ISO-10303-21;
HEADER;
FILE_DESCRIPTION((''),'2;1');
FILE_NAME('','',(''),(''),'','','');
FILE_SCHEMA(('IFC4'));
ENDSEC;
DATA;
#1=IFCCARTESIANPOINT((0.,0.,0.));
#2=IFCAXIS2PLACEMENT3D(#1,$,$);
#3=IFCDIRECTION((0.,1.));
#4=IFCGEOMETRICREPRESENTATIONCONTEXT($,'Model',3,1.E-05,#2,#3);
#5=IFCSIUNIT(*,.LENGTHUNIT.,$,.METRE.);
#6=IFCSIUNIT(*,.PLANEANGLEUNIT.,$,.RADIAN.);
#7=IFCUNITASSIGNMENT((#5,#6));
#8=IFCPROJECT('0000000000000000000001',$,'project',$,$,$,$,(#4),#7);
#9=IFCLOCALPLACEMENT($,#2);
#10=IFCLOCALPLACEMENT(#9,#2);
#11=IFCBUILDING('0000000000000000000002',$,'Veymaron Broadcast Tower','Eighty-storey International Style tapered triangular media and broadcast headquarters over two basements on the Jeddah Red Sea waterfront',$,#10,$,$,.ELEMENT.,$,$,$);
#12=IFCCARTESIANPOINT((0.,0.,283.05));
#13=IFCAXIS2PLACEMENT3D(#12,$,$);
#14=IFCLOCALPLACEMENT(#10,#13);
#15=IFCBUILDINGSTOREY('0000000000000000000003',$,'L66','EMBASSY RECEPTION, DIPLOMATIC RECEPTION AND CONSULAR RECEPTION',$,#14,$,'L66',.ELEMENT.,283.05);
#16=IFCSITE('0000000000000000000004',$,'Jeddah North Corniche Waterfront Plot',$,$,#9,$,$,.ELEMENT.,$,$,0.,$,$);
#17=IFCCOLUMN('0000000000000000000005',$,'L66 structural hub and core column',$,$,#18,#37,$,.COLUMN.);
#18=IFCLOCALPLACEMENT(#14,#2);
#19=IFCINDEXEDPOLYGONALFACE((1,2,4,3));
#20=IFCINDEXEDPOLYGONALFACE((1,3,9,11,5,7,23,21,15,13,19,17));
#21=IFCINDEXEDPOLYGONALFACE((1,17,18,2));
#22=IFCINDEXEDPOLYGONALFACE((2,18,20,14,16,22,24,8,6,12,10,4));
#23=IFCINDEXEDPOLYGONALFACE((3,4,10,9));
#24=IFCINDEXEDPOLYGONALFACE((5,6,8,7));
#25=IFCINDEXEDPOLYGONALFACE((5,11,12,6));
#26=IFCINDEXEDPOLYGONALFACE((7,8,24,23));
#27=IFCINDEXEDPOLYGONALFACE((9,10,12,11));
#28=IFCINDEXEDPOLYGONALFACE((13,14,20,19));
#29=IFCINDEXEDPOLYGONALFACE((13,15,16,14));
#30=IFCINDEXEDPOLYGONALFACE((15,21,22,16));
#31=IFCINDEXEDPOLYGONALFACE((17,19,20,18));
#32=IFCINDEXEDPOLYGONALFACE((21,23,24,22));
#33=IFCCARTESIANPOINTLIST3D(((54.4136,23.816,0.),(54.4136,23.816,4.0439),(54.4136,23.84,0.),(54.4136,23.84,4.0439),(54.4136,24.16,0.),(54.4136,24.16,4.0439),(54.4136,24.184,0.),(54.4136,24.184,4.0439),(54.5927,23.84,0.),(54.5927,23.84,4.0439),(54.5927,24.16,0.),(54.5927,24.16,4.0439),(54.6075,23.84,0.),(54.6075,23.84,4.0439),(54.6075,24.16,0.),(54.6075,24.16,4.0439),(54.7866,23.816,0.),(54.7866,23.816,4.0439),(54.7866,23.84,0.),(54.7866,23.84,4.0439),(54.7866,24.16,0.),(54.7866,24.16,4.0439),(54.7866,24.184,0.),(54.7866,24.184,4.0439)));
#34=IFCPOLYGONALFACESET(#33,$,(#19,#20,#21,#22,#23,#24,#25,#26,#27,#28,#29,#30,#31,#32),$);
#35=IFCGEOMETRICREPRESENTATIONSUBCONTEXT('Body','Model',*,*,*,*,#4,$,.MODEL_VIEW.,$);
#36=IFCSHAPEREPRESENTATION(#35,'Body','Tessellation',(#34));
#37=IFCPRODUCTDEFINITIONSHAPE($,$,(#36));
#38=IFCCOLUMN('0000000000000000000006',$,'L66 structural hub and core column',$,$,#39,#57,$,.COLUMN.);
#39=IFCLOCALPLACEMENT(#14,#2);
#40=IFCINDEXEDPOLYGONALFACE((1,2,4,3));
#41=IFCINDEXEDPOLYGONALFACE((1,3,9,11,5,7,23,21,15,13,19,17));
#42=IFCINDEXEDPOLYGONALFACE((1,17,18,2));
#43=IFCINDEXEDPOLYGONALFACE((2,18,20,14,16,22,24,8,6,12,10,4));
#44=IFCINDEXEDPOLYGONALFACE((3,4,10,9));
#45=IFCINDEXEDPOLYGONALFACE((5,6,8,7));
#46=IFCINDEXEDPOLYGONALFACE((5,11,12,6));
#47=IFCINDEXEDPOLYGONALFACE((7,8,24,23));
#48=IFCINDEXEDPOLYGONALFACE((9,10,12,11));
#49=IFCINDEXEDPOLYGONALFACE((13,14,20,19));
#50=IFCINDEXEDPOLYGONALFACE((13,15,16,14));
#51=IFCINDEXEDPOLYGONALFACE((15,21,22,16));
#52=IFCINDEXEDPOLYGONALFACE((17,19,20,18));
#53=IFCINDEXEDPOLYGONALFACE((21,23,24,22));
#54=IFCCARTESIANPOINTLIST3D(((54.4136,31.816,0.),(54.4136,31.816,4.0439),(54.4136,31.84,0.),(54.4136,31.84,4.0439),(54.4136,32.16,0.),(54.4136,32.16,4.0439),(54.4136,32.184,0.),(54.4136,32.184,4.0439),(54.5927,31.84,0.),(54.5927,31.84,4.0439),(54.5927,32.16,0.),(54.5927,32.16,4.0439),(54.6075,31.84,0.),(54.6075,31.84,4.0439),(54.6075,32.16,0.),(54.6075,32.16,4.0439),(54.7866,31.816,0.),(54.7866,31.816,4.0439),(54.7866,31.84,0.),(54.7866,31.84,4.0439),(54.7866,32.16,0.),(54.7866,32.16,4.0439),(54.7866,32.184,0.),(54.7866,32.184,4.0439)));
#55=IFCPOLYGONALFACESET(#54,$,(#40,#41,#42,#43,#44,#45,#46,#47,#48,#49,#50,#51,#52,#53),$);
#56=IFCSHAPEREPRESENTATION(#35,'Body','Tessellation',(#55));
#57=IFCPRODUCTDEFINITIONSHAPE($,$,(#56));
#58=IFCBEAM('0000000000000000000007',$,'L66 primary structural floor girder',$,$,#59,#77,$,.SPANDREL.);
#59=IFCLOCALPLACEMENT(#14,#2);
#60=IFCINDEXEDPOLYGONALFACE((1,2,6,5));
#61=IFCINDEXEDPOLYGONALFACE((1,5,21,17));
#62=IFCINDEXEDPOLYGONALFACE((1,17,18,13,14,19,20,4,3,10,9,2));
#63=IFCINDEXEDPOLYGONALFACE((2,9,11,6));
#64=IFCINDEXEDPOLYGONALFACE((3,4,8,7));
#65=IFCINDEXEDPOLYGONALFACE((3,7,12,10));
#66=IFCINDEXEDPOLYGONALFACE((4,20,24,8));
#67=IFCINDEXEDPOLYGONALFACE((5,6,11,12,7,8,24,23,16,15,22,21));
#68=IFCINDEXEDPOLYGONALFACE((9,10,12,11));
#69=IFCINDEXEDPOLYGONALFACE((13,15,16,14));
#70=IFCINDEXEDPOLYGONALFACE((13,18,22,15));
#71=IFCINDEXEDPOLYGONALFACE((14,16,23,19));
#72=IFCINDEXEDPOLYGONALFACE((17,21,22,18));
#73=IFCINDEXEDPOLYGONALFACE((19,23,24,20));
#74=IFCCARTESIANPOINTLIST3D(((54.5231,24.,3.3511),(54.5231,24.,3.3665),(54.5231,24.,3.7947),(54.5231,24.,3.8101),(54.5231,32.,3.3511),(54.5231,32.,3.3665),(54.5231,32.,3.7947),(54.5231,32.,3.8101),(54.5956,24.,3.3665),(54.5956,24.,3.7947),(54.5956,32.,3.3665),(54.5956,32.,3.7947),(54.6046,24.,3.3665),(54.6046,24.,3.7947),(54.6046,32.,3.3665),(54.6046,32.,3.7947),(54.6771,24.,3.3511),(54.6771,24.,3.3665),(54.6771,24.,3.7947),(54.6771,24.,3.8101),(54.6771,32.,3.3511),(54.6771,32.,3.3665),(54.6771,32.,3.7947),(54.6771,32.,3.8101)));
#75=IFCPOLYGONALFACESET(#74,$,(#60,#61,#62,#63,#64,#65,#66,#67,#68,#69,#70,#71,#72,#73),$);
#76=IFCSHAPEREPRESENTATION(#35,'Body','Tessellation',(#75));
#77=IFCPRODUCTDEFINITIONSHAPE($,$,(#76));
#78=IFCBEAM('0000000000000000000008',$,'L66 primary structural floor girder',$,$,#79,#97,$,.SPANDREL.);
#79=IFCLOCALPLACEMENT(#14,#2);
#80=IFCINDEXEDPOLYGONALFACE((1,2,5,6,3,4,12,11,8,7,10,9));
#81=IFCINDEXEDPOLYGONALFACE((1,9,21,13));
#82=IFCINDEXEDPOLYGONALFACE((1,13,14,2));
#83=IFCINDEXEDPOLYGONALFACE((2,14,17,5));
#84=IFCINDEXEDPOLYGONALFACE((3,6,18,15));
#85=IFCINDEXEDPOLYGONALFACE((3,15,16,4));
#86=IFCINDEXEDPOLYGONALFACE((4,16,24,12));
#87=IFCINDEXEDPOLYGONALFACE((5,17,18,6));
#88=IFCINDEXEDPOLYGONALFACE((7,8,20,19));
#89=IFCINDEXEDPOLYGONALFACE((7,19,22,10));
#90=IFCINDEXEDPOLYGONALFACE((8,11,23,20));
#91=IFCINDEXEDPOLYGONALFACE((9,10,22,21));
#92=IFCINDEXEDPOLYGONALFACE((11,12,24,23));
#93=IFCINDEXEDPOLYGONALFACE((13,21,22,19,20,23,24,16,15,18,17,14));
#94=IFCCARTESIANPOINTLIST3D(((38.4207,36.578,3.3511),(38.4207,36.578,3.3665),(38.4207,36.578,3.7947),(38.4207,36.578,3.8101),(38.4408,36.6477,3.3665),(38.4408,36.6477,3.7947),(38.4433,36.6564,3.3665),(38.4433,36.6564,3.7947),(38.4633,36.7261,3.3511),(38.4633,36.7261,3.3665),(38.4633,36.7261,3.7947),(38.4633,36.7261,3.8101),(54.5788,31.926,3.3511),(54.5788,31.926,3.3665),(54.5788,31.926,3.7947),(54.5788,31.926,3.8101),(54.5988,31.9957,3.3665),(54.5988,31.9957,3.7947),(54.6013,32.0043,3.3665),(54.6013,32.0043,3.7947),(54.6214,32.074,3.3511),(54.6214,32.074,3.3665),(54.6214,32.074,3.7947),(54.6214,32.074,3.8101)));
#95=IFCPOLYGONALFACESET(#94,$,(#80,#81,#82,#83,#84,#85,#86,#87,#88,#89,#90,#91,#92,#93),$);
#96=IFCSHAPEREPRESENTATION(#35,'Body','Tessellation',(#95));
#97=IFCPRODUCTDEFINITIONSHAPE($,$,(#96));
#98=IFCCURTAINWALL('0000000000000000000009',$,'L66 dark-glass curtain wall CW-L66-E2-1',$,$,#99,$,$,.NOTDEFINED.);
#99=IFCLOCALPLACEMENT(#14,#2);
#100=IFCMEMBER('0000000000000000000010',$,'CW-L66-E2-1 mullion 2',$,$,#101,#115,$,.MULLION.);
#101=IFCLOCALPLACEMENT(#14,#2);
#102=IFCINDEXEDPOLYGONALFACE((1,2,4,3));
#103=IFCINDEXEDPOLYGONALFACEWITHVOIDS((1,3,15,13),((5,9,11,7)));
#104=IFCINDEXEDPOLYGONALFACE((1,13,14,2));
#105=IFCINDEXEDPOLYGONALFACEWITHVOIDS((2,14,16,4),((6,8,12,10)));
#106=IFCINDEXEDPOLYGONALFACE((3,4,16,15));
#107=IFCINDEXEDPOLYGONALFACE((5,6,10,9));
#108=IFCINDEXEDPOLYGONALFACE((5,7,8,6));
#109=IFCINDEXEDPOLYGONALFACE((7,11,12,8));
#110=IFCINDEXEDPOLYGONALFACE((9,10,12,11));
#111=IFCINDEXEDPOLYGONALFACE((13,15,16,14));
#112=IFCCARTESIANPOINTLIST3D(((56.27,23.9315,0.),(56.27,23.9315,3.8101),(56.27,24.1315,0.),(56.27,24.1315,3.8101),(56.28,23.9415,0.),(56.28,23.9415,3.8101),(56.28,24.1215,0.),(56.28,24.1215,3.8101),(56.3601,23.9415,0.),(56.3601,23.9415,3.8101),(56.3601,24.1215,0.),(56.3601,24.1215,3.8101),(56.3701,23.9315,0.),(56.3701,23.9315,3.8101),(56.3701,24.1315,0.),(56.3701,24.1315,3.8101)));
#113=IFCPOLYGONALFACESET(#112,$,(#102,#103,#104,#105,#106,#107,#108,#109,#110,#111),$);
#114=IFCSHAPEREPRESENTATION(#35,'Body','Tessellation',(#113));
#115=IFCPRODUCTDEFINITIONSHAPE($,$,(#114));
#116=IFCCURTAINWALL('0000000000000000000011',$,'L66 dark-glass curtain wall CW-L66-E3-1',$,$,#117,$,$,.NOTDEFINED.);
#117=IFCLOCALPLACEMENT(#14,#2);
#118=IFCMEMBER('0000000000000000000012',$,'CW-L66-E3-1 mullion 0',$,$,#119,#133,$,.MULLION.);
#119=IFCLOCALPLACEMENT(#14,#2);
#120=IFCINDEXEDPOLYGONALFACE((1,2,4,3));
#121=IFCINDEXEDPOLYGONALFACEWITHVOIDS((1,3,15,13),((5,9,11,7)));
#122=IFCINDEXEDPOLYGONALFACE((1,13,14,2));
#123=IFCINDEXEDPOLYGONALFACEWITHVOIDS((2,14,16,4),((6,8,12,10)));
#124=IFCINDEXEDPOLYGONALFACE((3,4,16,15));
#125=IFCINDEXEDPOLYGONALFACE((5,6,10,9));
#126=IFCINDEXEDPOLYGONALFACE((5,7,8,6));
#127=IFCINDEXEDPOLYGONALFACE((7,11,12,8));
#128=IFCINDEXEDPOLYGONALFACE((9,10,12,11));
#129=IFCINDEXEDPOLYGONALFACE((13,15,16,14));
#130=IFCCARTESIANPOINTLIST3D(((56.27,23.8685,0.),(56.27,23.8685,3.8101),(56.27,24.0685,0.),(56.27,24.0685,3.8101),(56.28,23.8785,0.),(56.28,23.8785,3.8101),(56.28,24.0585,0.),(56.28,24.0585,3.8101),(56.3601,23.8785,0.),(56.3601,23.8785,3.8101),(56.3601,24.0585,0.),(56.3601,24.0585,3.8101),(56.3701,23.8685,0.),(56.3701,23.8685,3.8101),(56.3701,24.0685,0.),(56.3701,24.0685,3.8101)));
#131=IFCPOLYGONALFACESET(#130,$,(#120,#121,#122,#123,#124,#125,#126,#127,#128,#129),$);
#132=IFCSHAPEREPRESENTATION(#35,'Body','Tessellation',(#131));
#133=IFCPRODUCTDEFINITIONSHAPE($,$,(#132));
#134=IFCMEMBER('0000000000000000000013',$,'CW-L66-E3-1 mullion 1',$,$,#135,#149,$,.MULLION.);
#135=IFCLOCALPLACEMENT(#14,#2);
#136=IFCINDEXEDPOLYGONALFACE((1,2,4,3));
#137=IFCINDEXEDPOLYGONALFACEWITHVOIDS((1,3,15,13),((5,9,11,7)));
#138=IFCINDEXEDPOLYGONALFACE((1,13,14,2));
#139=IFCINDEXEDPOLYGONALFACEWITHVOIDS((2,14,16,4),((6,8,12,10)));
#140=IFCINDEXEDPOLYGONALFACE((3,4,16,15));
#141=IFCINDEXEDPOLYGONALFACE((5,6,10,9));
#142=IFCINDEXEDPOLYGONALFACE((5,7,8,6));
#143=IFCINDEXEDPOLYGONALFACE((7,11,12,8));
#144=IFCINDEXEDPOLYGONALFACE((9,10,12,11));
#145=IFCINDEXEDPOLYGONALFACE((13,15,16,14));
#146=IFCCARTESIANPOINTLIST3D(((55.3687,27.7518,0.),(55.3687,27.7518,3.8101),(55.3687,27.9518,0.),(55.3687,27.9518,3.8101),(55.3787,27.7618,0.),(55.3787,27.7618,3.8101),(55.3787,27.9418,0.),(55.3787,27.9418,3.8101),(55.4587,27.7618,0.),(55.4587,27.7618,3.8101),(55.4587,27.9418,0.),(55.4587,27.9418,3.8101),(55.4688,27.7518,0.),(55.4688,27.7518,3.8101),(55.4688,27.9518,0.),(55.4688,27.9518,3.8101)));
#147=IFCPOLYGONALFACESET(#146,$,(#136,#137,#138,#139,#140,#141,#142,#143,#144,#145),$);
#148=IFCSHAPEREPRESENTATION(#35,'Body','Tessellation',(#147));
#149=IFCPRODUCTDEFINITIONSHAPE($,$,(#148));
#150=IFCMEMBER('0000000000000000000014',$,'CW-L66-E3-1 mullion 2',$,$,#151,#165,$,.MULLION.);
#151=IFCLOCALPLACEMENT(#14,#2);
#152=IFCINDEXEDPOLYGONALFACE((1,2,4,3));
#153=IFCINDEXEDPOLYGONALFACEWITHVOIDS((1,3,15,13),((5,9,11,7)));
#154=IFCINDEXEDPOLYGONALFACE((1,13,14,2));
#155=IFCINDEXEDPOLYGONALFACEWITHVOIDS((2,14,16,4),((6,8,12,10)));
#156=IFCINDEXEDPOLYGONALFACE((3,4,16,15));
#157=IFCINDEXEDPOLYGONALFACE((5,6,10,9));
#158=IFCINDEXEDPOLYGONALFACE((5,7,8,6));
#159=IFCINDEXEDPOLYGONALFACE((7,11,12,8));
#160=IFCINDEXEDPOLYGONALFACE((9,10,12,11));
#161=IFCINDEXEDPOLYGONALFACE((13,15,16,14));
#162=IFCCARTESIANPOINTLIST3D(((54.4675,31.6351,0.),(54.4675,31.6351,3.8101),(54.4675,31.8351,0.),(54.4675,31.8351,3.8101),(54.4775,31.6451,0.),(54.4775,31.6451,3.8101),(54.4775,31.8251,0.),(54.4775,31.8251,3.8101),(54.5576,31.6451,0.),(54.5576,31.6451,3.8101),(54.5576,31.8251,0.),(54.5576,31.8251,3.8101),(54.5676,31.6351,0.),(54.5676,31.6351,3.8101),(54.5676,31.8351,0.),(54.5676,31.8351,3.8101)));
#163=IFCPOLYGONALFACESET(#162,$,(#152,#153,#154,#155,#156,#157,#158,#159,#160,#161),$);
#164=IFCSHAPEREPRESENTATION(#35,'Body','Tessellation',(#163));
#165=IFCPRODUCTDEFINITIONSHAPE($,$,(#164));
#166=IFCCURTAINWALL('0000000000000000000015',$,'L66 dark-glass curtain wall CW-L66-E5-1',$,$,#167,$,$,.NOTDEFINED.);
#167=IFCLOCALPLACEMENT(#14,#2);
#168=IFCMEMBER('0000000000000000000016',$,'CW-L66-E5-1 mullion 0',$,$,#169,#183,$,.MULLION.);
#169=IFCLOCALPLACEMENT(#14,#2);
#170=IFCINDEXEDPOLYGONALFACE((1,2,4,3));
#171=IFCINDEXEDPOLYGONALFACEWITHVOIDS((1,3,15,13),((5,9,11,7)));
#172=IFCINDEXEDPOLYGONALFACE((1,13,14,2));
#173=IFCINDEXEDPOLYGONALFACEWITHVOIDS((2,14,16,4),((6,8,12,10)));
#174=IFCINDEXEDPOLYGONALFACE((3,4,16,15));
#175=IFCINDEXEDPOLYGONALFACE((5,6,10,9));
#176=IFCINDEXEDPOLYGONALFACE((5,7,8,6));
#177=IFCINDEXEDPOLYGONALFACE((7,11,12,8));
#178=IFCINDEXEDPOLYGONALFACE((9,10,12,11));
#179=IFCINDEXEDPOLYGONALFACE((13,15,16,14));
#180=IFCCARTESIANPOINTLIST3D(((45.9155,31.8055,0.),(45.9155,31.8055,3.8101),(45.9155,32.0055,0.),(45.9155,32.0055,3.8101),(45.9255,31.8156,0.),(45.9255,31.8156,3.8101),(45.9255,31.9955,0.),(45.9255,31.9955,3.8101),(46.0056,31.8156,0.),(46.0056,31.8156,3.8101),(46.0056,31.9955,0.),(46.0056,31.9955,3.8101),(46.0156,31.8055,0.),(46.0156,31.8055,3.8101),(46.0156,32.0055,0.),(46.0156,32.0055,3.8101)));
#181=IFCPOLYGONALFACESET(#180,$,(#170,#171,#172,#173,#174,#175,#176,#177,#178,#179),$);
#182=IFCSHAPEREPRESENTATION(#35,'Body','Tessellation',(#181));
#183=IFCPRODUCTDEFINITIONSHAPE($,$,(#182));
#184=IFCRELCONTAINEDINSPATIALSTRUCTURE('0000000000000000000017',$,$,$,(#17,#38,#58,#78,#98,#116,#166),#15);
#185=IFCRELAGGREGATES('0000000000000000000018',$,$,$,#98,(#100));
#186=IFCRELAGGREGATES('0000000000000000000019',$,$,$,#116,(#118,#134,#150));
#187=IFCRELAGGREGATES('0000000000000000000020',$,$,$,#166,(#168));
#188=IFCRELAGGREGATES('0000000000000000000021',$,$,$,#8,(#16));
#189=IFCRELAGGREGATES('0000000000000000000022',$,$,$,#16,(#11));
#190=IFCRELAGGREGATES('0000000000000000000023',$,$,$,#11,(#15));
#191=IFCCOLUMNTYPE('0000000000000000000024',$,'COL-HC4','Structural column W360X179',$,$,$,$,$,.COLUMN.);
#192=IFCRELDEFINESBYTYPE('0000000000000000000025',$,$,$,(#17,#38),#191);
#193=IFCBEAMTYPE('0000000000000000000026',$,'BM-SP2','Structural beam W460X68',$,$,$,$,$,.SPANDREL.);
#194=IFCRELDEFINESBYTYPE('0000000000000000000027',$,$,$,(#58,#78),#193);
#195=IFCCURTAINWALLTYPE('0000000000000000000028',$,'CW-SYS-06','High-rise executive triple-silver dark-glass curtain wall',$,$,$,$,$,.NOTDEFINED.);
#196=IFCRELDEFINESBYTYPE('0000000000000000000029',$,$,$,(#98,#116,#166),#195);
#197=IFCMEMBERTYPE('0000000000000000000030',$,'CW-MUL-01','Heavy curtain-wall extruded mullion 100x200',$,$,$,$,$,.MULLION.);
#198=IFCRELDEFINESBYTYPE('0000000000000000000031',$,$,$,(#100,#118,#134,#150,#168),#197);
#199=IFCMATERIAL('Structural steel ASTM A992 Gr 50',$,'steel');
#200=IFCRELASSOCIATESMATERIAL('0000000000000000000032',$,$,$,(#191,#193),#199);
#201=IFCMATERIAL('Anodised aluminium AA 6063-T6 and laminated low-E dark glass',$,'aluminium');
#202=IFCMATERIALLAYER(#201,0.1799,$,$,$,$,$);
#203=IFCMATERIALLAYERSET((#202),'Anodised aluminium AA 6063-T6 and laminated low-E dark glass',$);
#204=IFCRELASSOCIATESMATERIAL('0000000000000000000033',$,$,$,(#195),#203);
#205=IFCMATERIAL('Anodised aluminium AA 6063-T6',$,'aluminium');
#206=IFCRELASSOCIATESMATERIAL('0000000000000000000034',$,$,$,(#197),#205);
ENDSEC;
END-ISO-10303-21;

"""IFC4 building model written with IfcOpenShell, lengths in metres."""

from ifc_helpers import new_model, si_unit, direction, frame, origin, origin_2d, place, context, subcontext, project, spatial, hollow_rectangle, i_section, extrude, material, layer, layer_set, material_profile, profile_set, type_object, element, aggregate, save


model = new_model("IFC4")

# Units and contexts
model_context = context("Model", 3, precision=1e-05, world=origin(), true_north=direction((0.0, 1.0)))
body_context = subcontext(model_context, "Body", "Model", "MODEL_VIEW")
ifc_project = project(units=[si_unit("LENGTHUNIT", "METRE"), si_unit("PLANEANGLEUNIT", "RADIAN")], contexts=[model_context])

# Site, building, storey
site_placement = place(None, origin())
site = spatial("IfcSite", under=ifc_project, at=site_placement, Name="Jeddah North Corniche Waterfront Plot", CompositionType="ELEMENT", RefElevation=0.0)
building_placement = place(site_placement, origin())
building = spatial("IfcBuilding", under=site, at=building_placement, Name="Veymaron Broadcast Tower", Description="Eighty-storey International Style tapered triangular media and broadcast headquarters over two basements on the Jeddah Red Sea waterfront", CompositionType="ELEMENT")
storey_placement = place(building_placement, frame((0.0, 0.0, 283.05)))
storey = spatial("IfcBuildingStorey", under=building, at=storey_placement, Name="L66", Description="EMBASSY RECEPTION, DIPLOMATIC RECEPTION AND CONSULAR RECEPTION", LongName="L66", CompositionType="ELEMENT", Elevation=283.05)

# Columns
ifc_material_1 = material(Name="Structural steel ASTM A992 Gr 50", Category="steel")
ifc_material_profile_1 = material_profile(ifc_material_1, i_section(OverallWidth=0.373, OverallDepth=0.3679, WebThickness=0.0149, FlangeThickness=0.0239, at=origin_2d()), Name="W360X179")
ifc_profile_set_1 = profile_set([ifc_material_profile_1], Name="Structural steel ASTM A992 Gr 50")
column_type = type_object("IfcColumnType", Name="COL-HC4", Description="Structural column W360X179", PredefinedType="COLUMN", material=ifc_profile_set_1)
for number, where, z_axis, x_axis, name in (
    (1, (54.6001, 24.0, 0.0), (0.0, 0.0, 1.0), (1.0, 0.0, 0.0), "L66 structural hub and core column"),
    (2, (54.6001, 32.0, 0.0), (0.0, 0.0, 1.0), (1.0, 0.0, 0.0), "L66 structural hub and core column"),
):
    element("IfcColumn", number, at=place(storey_placement, frame(where, z_axis=z_axis, x_axis=x_axis)), inside=storey, type_object=column_type, Name=name, PredefinedType="COLUMN", context=body_context, shape_type="SweptSolid", body=[
        extrude(i_section(OverallWidth=0.373, OverallDepth=0.3679, WebThickness=0.0149, FlangeThickness=0.0239, at=origin_2d()), origin(), (0.0, 0.0, 1.0), 4.0439),
    ])

# Beams
ifc_material_profile_2 = material_profile(ifc_material_1, i_section(OverallWidth=0.1541, OverallDepth=0.459, WebThickness=0.009, FlangeThickness=0.0154, at=origin_2d()), Name="W460X68")
ifc_profile_set_2 = profile_set([ifc_material_profile_2], Name="Structural steel ASTM A992 Gr 50")
beam_type = type_object("IfcBeamType", Name="BM-SP2", Description="Structural beam W460X68", PredefinedType="SPANDREL", material=ifc_profile_set_2)
beam_1_placement = place(storey_placement, frame((54.6001, 24.0, 3.5806), z_axis=(0.0, 1.0, 0.0), x_axis=(-1.0, 0.0, 0.0)))
element("IfcBeam", 3, at=beam_1_placement, inside=storey, type_object=beam_type, Name="L66 primary structural floor girder", PredefinedType="SPANDREL", context=body_context, shape_type="SweptSolid", body=[
    extrude(i_section(OverallWidth=0.1541, OverallDepth=0.459, WebThickness=0.009, FlangeThickness=0.0154, at=origin_2d()), origin(), (0.0, 0.0, 1.0), 8.0),
])
beam_2_placement = place(storey_placement, frame((54.6001, 32.0, 3.5806), z_axis=(-0.960965, 0.276671, 0.0), x_axis=(-0.276671, -0.960965, 0.0)))
element("IfcBeam", 4, at=beam_2_placement, inside=storey, type_object=beam_type, Name="L66 primary structural floor girder", PredefinedType="SPANDREL", context=body_context, shape_type="SweptSolid", body=[
    extrude(i_section(OverallWidth=0.1541, OverallDepth=0.459, WebThickness=0.009, FlangeThickness=0.0154, at=origin_2d()), origin(), (0.0, 0.0, 1.0), 16.8145),
])

# Curtain wall, member
ifc_material_2 = material(Name="Anodised aluminium AA 6063-T6 and laminated low-E dark glass", Category="aluminium")
ifc_layer_1 = layer(ifc_material_2, 0.1799)
ifc_layer_set_1 = layer_set([ifc_layer_1], Name="Anodised aluminium AA 6063-T6 and laminated low-E dark glass")
curtain_wall_type = type_object("IfcCurtainWallType", Name="CW-SYS-06", Description="High-rise executive triple-silver dark-glass curtain wall", PredefinedType="NOTDEFINED", material=ifc_layer_set_1)
curtain_wall_1_placement = place(storey_placement, origin())
curtain_wall_1 = element("IfcCurtainWall", 5, at=curtain_wall_1_placement, inside=storey, type_object=curtain_wall_type, Name="L66 dark-glass curtain wall CW-L66-E2-1", PredefinedType="NOTDEFINED")
ifc_material_3 = material(Name="Anodised aluminium AA 6063-T6", Category="aluminium")
ifc_material_profile_3 = material_profile(ifc_material_3, hollow_rectangle(XDim=0.1001, YDim=0.2, WallThickness=0.01, at=origin_2d()), Name="RHS200X100X10")
ifc_profile_set_3 = profile_set([ifc_material_profile_3], Name="Anodised aluminium AA 6063-T6")
member_type_1 = type_object("IfcMemberType", Name="CW-MUL-01", Description="Heavy curtain-wall extruded mullion 100x200", PredefinedType="MULLION", material=ifc_profile_set_3)
member_1_placement = place(storey_placement, frame((56.3201, 24.0315, 0.0), z_axis=(0.0, 0.0, 1.0), x_axis=(1.0, 0.0, 0.0)))
member_1 = element("IfcMember", 6, at=member_1_placement, type_object=member_type_1, Name="CW-L66-E2-1 mullion 2", PredefinedType="MULLION", context=body_context, shape_type="SweptSolid", body=[
    extrude(hollow_rectangle(XDim=0.1001, YDim=0.2, WallThickness=0.01, at=origin_2d()), origin(), (0.0, 0.0, 1.0), 3.8101),
])
aggregate(curtain_wall_1, [member_1])

# Curtain wall, members
curtain_wall_2_placement = place(storey_placement, origin())
curtain_wall_2 = element("IfcCurtainWall", 7, at=curtain_wall_2_placement, inside=storey, type_object=curtain_wall_type, Name="L66 dark-glass curtain wall CW-L66-E3-1", PredefinedType="NOTDEFINED")
member_2_placement = place(storey_placement, frame((56.3201, 23.9685, 0.0), z_axis=(0.0, 0.0, 1.0), x_axis=(1.0, 0.0, 0.0)))
member_2 = element("IfcMember", 8, at=member_2_placement, type_object=member_type_1, Name="CW-L66-E3-1 mullion 0", PredefinedType="MULLION", context=body_context, shape_type="SweptSolid", body=[
    extrude(hollow_rectangle(XDim=0.1001, YDim=0.2, WallThickness=0.01, at=origin_2d()), origin(), (0.0, 0.0, 1.0), 3.8101),
])
member_3_placement = place(storey_placement, frame((55.4187, 27.8518, 0.0), z_axis=(0.0, 0.0, 1.0), x_axis=(1.0, 0.0, 0.0)))
member_3 = element("IfcMember", 9, at=member_3_placement, type_object=member_type_1, Name="CW-L66-E3-1 mullion 1", PredefinedType="MULLION", context=body_context, shape_type="SweptSolid", body=[
    extrude(hollow_rectangle(XDim=0.1001, YDim=0.2, WallThickness=0.01, at=origin_2d()), origin(), (0.0, 0.0, 1.0), 3.8101),
])
member_4_placement = place(storey_placement, frame((54.5176, 31.7351, 0.0), z_axis=(0.0, 0.0, 1.0), x_axis=(1.0, 0.0, 0.0)))
member_4 = element("IfcMember", 10, at=member_4_placement, type_object=member_type_1, Name="CW-L66-E3-1 mullion 2", PredefinedType="MULLION", context=body_context, shape_type="SweptSolid", body=[
    extrude(hollow_rectangle(XDim=0.1001, YDim=0.2, WallThickness=0.01, at=origin_2d()), origin(), (0.0, 0.0, 1.0), 3.8101),
])

# Curtain wall, member
curtain_wall_3_placement = place(storey_placement, origin())
curtain_wall_3 = element("IfcCurtainWall", 11, at=curtain_wall_3_placement, inside=storey, type_object=curtain_wall_type, Name="L66 dark-glass curtain wall CW-L66-E5-1", PredefinedType="NOTDEFINED")
member_5_placement = place(storey_placement, frame((45.9656, 31.9055, 0.0), z_axis=(0.0, 0.0, 1.0), x_axis=(1.0, 0.0, 0.0)))
member_5 = element("IfcMember", 12, at=member_5_placement, type_object=member_type_1, Name="CW-L66-E5-1 mullion 0", PredefinedType="MULLION", context=body_context, shape_type="SweptSolid", body=[
    extrude(hollow_rectangle(XDim=0.1001, YDim=0.2, WallThickness=0.01, at=origin_2d()), origin(), (0.0, 0.0, 1.0), 3.8101),
])

aggregate(curtain_wall_2, [member_2, member_3, member_4])
aggregate(curtain_wall_3, [member_5])

save(model, "model.ifc")
